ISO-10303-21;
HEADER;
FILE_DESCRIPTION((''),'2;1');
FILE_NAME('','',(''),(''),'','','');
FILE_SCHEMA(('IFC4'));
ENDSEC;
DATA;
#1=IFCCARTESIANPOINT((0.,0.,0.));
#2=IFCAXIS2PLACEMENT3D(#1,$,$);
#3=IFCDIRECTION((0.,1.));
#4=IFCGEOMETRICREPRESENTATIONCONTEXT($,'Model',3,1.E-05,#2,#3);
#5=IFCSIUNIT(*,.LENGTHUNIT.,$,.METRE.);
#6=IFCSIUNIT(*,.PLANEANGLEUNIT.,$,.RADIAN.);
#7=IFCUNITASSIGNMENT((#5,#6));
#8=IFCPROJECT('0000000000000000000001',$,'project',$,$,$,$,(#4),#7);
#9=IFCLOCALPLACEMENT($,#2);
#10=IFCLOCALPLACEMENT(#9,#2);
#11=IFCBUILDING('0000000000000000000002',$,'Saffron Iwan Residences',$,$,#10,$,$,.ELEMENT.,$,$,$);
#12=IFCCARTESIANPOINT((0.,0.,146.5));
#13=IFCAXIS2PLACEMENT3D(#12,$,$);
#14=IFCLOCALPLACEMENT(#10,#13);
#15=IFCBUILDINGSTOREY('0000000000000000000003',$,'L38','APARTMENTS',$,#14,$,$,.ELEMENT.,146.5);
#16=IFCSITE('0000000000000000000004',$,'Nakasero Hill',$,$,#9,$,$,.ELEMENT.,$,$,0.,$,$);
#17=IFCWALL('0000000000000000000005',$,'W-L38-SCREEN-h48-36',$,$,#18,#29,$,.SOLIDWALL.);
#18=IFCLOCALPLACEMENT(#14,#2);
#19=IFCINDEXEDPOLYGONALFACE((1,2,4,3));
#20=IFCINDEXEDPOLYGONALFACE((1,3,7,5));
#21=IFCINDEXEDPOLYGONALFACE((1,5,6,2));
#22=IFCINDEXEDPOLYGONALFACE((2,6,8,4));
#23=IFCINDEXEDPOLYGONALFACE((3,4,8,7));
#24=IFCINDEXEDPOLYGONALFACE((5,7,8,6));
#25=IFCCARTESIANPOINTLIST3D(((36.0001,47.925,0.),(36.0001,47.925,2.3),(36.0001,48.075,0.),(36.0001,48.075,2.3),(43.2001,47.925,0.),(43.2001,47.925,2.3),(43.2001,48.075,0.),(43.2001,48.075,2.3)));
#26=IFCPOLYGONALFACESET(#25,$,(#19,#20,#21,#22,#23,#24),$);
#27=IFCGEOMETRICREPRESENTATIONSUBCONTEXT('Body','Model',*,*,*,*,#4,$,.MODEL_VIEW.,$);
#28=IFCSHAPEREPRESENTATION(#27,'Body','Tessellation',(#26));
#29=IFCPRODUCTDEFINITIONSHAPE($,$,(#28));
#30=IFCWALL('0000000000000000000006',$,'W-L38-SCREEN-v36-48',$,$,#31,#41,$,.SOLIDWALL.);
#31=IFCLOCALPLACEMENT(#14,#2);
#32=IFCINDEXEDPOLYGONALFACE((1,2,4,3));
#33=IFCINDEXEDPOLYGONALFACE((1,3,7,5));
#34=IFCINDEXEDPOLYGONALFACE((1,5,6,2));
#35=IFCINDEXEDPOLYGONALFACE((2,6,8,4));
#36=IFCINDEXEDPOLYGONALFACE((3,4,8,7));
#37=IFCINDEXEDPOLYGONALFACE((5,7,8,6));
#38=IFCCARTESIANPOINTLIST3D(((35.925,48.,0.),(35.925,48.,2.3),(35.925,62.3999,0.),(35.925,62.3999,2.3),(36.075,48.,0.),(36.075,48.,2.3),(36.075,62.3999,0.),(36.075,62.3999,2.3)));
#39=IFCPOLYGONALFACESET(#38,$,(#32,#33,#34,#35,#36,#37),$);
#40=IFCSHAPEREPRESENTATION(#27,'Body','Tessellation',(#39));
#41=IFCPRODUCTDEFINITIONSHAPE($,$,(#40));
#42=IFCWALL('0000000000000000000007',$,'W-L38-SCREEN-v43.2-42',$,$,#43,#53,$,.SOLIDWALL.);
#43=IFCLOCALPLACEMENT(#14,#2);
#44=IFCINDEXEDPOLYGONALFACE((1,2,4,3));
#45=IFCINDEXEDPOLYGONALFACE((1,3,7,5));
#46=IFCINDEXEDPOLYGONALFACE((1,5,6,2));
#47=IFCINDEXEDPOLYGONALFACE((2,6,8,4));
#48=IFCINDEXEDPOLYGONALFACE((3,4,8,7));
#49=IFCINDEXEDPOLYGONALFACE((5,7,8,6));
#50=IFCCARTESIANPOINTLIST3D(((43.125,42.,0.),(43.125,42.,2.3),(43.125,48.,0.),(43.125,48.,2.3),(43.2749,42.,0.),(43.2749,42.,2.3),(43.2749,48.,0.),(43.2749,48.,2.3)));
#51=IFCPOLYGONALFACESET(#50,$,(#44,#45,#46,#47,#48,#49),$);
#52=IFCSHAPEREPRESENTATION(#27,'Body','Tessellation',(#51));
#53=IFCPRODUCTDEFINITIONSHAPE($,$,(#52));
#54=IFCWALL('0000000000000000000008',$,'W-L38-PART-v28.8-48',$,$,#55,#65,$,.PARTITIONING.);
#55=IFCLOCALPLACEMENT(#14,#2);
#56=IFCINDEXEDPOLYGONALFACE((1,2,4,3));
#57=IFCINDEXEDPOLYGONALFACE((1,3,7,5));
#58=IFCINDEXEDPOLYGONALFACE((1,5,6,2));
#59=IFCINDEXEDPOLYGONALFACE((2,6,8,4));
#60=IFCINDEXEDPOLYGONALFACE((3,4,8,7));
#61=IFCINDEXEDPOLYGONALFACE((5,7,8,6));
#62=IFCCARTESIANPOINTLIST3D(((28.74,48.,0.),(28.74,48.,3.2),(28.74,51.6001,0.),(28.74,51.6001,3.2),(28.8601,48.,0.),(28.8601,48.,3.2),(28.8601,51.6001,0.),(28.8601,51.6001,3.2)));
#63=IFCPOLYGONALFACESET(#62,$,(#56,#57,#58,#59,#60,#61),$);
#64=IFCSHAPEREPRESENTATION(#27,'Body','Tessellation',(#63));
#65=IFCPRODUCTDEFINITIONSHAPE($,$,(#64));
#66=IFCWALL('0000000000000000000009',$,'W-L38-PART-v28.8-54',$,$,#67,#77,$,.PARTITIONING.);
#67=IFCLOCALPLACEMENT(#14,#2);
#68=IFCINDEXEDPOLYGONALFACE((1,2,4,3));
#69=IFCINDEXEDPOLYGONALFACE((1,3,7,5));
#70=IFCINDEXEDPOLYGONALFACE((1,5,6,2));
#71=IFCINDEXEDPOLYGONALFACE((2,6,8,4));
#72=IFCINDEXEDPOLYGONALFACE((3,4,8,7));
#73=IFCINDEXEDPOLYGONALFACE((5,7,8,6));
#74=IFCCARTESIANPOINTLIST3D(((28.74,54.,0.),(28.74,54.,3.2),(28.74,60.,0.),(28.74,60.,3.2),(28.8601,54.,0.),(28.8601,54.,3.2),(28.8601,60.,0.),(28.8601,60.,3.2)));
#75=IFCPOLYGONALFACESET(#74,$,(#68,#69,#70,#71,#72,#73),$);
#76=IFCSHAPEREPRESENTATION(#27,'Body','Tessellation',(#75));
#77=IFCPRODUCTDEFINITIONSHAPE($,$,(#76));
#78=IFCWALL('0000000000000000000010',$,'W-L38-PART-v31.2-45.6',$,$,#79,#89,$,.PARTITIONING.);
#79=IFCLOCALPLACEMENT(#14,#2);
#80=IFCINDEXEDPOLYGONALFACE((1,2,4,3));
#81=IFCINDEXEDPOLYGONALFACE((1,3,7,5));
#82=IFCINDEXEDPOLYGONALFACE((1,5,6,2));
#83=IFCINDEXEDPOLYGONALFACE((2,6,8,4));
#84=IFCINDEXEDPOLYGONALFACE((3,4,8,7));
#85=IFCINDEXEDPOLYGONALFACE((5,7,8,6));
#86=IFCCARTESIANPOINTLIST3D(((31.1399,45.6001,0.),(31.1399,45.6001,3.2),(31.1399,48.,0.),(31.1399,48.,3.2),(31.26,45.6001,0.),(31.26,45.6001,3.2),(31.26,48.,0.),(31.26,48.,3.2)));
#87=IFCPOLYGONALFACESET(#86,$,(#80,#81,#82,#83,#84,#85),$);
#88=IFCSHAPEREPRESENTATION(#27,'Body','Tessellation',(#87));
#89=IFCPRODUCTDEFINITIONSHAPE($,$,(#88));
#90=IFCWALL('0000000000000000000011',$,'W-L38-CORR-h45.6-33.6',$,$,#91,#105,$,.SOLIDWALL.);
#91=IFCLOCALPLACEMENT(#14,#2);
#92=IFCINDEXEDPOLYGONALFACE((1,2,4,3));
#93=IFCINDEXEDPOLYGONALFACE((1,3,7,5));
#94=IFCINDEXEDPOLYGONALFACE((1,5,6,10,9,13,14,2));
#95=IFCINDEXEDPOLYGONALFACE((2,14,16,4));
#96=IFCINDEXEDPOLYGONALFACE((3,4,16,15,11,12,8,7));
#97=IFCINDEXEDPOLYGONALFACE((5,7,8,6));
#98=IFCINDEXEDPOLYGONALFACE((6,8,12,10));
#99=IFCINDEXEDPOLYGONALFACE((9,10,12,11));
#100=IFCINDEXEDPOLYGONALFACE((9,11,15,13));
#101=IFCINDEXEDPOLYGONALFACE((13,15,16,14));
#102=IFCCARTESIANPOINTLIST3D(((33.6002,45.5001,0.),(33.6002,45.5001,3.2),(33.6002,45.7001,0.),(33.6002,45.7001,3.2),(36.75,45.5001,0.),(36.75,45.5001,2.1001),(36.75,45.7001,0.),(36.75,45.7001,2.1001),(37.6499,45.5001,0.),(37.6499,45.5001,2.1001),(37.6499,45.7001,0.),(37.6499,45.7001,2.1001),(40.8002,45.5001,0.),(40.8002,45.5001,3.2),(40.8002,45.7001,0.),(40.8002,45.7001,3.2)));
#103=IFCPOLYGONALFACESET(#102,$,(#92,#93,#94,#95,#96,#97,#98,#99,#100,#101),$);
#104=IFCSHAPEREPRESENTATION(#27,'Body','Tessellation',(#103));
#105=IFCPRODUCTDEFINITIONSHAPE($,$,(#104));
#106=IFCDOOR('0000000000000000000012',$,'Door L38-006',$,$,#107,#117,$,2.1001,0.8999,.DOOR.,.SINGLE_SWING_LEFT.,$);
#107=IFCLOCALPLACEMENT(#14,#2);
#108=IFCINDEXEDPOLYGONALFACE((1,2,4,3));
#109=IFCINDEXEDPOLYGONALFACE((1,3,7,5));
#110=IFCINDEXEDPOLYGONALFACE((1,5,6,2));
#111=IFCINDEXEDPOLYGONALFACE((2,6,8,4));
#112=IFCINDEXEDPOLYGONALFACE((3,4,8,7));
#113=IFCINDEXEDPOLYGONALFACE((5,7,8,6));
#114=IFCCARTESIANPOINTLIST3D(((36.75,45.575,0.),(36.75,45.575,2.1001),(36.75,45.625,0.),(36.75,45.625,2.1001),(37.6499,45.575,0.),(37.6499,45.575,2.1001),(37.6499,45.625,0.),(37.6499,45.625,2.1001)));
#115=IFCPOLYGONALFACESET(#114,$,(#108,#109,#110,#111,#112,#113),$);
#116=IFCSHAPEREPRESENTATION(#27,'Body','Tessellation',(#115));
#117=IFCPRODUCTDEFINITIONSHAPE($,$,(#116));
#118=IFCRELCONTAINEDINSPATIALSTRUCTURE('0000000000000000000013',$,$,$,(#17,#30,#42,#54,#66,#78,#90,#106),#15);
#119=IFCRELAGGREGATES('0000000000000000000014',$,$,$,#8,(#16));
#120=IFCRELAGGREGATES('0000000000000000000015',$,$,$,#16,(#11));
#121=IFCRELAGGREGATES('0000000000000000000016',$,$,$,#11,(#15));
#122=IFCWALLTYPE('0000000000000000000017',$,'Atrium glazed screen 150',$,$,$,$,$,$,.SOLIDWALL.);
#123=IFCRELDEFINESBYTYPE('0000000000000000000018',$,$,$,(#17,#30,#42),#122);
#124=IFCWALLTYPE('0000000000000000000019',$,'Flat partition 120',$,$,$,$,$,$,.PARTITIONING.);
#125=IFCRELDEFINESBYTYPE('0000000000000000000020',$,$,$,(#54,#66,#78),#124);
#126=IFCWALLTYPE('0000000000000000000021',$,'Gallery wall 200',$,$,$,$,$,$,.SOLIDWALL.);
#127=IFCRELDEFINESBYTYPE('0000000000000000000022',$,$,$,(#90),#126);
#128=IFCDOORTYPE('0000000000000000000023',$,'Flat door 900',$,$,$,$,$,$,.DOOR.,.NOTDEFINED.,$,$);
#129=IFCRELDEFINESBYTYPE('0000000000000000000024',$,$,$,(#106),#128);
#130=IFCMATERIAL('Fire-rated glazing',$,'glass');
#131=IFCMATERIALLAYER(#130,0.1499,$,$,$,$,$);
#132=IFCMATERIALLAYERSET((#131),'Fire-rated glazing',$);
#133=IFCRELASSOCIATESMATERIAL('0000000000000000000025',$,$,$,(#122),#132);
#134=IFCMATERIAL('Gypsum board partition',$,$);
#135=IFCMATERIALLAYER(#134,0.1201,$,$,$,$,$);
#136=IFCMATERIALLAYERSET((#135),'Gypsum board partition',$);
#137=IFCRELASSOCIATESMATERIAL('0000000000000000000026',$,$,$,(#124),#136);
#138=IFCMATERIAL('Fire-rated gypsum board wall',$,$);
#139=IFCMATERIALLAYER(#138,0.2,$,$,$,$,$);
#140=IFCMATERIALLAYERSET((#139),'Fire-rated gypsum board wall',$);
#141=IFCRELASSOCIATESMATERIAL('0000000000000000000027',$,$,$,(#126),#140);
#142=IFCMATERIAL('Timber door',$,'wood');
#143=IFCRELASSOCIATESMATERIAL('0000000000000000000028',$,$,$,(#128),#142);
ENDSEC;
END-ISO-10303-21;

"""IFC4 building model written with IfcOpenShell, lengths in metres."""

from ifc_helpers import new_model, si_unit, direction, frame, frame_2d, origin, place, context, subcontext, project, spatial, rectangle, extrude, material, layer, layer_set, type_object, element, fill, save


model = new_model("IFC4")

# Units and contexts
model_context = context("Model", 3, precision=1e-05, world=origin(), true_north=direction((0.0, 1.0)))
body_context = subcontext(model_context, "Body", "Model", "MODEL_VIEW")
ifc_project = project(units=[si_unit("LENGTHUNIT", "METRE"), si_unit("PLANEANGLEUNIT", "RADIAN")], contexts=[model_context])

# Site, building, storey
site_placement = place(None, origin())
site = spatial("IfcSite", under=ifc_project, at=site_placement, Name="Nakasero Hill", CompositionType="ELEMENT", RefElevation=0.0)
building_placement = place(site_placement, origin())
building = spatial("IfcBuilding", under=site, at=building_placement, Name="Saffron Iwan Residences", CompositionType="ELEMENT")
storey_placement = place(building_placement, frame((0.0, 0.0, 146.5)))
storey = spatial("IfcBuildingStorey", under=building, at=storey_placement, Name="L38", Description="APARTMENTS", CompositionType="ELEMENT", Elevation=146.5)

# Walls
ifc_material_1 = material(Name="Fire-rated glazing", Category="glass")
ifc_layer_1 = layer(ifc_material_1, 0.1499)
ifc_layer_set_1 = layer_set([ifc_layer_1], Name="Fire-rated glazing")
wall_type_1 = type_object("IfcWallType", Name="Atrium glazed screen 150", PredefinedType="SOLIDWALL", material=ifc_layer_set_1)
wall_1_placement = place(storey_placement, frame((36.0, 48.0, 0.0), z_axis=(0.0, 0.0, 1.0), x_axis=(1.0, 0.0, 0.0)))
element("IfcWall", 1, at=wall_1_placement, inside=storey, type_object=wall_type_1, Name="W-L38-SCREEN-h48-36", PredefinedType="SOLIDWALL", context=body_context, shape_type="SweptSolid", body=[
    extrude(rectangle(XDim=7.2, YDim=0.1499, at=frame_2d((3.6001, 0.0))), origin(), (0.0, 0.0, 1.0), 2.3),
])
wall_2_placement = place(storey_placement, frame((36.0, 48.0, 0.0), z_axis=(0.0, 0.0, 1.0), x_axis=(0.0, 1.0, 0.0)))
element("IfcWall", 2, at=wall_2_placement, inside=storey, type_object=wall_type_1, Name="W-L38-SCREEN-v36-48", PredefinedType="SOLIDWALL", context=body_context, shape_type="SweptSolid", body=[
    extrude(rectangle(XDim=14.3999, YDim=0.1499, at=frame_2d((7.2, 0.0))), origin(), (0.0, 0.0, 1.0), 2.3),
])
wall_3_placement = place(storey_placement, frame((43.2, 42.0, 0.0), z_axis=(0.0, 0.0, 1.0), x_axis=(0.0, 1.0, 0.0)))
element("IfcWall", 3, at=wall_3_placement, inside=storey, type_object=wall_type_1, Name="W-L38-SCREEN-v43.2-42", PredefinedType="SOLIDWALL", context=body_context, shape_type="SweptSolid", body=[
    extrude(rectangle(XDim=6.0, YDim=0.1499, at=frame_2d((3.0, 0.0))), origin(), (0.0, 0.0, 1.0), 2.3),
])
ifc_material_2 = material(Name="Gypsum board partition")
ifc_layer_2 = layer(ifc_material_2, 0.1201)
ifc_layer_set_2 = layer_set([ifc_layer_2], Name="Gypsum board partition")
wall_type_2 = type_object("IfcWallType", Name="Flat partition 120", PredefinedType="PARTITIONING", material=ifc_layer_set_2)
wall_4_placement = place(storey_placement, frame((28.8, 48.0, 0.0), z_axis=(0.0, 0.0, 1.0), x_axis=(0.0, 1.0, 0.0)))
element("IfcWall", 4, at=wall_4_placement, inside=storey, type_object=wall_type_2, Name="W-L38-PART-v28.8-48", PredefinedType="PARTITIONING", context=body_context, shape_type="SweptSolid", body=[
    extrude(rectangle(XDim=3.6001, YDim=0.1201, at=frame_2d((1.8, 0.0))), origin(), (0.0, 0.0, 1.0), 3.2),
])
wall_5_placement = place(storey_placement, frame((28.8, 54.0, 0.0), z_axis=(0.0, 0.0, 1.0), x_axis=(0.0, 1.0, 0.0)))
element("IfcWall", 5, at=wall_5_placement, inside=storey, type_object=wall_type_2, Name="W-L38-PART-v28.8-54", PredefinedType="PARTITIONING", context=body_context, shape_type="SweptSolid", body=[
    extrude(rectangle(XDim=6.0, YDim=0.1201, at=frame_2d((3.0, 0.0))), origin(), (0.0, 0.0, 1.0), 3.2),
])
wall_6_placement = place(storey_placement, frame((31.2, 45.6001, 0.0), z_axis=(0.0, 0.0, 1.0), x_axis=(0.0, 1.0, 0.0)))
element("IfcWall", 6, at=wall_6_placement, inside=storey, type_object=wall_type_2, Name="W-L38-PART-v31.2-45.6", PredefinedType="PARTITIONING", context=body_context, shape_type="SweptSolid", body=[
    extrude(rectangle(XDim=2.3999, YDim=0.1201, at=frame_2d((1.2, 0.0))), origin(), (0.0, 0.0, 1.0), 3.2),
])

# Wall, opening, door
ifc_material_3 = material(Name="Fire-rated gypsum board wall")
ifc_layer_3 = layer(ifc_material_3, 0.2)
ifc_layer_set_3 = layer_set([ifc_layer_3], Name="Fire-rated gypsum board wall")
wall_type_3 = type_object("IfcWallType", Name="Gallery wall 200", PredefinedType="SOLIDWALL", material=ifc_layer_set_3)
wall_7_placement = place(storey_placement, frame((33.6001, 45.6001, 0.0), z_axis=(0.0, 0.0, 1.0), x_axis=(1.0, 0.0, 0.0)))
wall_7 = element("IfcWall", 7, at=wall_7_placement, inside=storey, type_object=wall_type_3, Name="W-L38-CORR-h45.6-33.6", PredefinedType="SOLIDWALL", context=body_context, shape_type="SweptSolid", body=[
    extrude(rectangle(XDim=7.2, YDim=0.2, at=frame_2d((3.6001, 0.0))), origin(), (0.0, 0.0, 1.0), 3.2),
])
opening_1_placement = place(wall_7_placement, frame((3.1499, 0.0, 0.0)))
opening_1 = element("IfcOpeningElement", 8, at=opening_1_placement, cuts=wall_7, PredefinedType="OPENING", context=body_context, shape_type="SweptSolid", body=[
    extrude(rectangle(XDim=0.8999, YDim=2.1001, at=frame_2d((0.45, 1.05))), frame((0.0, 0.1099, 0.0), z_axis=(0.0, -1.0, 0.0), x_axis=(1.0, 0.0, 0.0)), (0.0, 0.0, 1.0), 0.22),
])
ifc_material_4 = material(Name="Timber door", Category="wood")
door_type_1 = type_object("IfcDoorType", Name="Flat door 900", OperationType="NOTDEFINED", PredefinedType="DOOR", material=ifc_material_4)
door_1_placement = place(opening_1_placement, origin())
door_1 = element("IfcDoor", 9, at=door_1_placement, inside=storey, type_object=door_type_1, Name="Door L38-006", OperationType="SINGLE_SWING_LEFT", OverallHeight=2.1001, OverallWidth=0.8999, PredefinedType="DOOR", context=body_context, shape_type="SweptSolid", body=[
    extrude(rectangle(XDim=0.8999, YDim=2.1001, at=frame_2d((0.45, 1.05))), frame((0.0, 0.0249, 0.0), z_axis=(0.0, -1.0, 0.0), x_axis=(1.0, 0.0, 0.0)), (0.0, 0.0, 1.0), 0.05),
])
fill(opening_1, door_1)

save(model, "model.ifc")
